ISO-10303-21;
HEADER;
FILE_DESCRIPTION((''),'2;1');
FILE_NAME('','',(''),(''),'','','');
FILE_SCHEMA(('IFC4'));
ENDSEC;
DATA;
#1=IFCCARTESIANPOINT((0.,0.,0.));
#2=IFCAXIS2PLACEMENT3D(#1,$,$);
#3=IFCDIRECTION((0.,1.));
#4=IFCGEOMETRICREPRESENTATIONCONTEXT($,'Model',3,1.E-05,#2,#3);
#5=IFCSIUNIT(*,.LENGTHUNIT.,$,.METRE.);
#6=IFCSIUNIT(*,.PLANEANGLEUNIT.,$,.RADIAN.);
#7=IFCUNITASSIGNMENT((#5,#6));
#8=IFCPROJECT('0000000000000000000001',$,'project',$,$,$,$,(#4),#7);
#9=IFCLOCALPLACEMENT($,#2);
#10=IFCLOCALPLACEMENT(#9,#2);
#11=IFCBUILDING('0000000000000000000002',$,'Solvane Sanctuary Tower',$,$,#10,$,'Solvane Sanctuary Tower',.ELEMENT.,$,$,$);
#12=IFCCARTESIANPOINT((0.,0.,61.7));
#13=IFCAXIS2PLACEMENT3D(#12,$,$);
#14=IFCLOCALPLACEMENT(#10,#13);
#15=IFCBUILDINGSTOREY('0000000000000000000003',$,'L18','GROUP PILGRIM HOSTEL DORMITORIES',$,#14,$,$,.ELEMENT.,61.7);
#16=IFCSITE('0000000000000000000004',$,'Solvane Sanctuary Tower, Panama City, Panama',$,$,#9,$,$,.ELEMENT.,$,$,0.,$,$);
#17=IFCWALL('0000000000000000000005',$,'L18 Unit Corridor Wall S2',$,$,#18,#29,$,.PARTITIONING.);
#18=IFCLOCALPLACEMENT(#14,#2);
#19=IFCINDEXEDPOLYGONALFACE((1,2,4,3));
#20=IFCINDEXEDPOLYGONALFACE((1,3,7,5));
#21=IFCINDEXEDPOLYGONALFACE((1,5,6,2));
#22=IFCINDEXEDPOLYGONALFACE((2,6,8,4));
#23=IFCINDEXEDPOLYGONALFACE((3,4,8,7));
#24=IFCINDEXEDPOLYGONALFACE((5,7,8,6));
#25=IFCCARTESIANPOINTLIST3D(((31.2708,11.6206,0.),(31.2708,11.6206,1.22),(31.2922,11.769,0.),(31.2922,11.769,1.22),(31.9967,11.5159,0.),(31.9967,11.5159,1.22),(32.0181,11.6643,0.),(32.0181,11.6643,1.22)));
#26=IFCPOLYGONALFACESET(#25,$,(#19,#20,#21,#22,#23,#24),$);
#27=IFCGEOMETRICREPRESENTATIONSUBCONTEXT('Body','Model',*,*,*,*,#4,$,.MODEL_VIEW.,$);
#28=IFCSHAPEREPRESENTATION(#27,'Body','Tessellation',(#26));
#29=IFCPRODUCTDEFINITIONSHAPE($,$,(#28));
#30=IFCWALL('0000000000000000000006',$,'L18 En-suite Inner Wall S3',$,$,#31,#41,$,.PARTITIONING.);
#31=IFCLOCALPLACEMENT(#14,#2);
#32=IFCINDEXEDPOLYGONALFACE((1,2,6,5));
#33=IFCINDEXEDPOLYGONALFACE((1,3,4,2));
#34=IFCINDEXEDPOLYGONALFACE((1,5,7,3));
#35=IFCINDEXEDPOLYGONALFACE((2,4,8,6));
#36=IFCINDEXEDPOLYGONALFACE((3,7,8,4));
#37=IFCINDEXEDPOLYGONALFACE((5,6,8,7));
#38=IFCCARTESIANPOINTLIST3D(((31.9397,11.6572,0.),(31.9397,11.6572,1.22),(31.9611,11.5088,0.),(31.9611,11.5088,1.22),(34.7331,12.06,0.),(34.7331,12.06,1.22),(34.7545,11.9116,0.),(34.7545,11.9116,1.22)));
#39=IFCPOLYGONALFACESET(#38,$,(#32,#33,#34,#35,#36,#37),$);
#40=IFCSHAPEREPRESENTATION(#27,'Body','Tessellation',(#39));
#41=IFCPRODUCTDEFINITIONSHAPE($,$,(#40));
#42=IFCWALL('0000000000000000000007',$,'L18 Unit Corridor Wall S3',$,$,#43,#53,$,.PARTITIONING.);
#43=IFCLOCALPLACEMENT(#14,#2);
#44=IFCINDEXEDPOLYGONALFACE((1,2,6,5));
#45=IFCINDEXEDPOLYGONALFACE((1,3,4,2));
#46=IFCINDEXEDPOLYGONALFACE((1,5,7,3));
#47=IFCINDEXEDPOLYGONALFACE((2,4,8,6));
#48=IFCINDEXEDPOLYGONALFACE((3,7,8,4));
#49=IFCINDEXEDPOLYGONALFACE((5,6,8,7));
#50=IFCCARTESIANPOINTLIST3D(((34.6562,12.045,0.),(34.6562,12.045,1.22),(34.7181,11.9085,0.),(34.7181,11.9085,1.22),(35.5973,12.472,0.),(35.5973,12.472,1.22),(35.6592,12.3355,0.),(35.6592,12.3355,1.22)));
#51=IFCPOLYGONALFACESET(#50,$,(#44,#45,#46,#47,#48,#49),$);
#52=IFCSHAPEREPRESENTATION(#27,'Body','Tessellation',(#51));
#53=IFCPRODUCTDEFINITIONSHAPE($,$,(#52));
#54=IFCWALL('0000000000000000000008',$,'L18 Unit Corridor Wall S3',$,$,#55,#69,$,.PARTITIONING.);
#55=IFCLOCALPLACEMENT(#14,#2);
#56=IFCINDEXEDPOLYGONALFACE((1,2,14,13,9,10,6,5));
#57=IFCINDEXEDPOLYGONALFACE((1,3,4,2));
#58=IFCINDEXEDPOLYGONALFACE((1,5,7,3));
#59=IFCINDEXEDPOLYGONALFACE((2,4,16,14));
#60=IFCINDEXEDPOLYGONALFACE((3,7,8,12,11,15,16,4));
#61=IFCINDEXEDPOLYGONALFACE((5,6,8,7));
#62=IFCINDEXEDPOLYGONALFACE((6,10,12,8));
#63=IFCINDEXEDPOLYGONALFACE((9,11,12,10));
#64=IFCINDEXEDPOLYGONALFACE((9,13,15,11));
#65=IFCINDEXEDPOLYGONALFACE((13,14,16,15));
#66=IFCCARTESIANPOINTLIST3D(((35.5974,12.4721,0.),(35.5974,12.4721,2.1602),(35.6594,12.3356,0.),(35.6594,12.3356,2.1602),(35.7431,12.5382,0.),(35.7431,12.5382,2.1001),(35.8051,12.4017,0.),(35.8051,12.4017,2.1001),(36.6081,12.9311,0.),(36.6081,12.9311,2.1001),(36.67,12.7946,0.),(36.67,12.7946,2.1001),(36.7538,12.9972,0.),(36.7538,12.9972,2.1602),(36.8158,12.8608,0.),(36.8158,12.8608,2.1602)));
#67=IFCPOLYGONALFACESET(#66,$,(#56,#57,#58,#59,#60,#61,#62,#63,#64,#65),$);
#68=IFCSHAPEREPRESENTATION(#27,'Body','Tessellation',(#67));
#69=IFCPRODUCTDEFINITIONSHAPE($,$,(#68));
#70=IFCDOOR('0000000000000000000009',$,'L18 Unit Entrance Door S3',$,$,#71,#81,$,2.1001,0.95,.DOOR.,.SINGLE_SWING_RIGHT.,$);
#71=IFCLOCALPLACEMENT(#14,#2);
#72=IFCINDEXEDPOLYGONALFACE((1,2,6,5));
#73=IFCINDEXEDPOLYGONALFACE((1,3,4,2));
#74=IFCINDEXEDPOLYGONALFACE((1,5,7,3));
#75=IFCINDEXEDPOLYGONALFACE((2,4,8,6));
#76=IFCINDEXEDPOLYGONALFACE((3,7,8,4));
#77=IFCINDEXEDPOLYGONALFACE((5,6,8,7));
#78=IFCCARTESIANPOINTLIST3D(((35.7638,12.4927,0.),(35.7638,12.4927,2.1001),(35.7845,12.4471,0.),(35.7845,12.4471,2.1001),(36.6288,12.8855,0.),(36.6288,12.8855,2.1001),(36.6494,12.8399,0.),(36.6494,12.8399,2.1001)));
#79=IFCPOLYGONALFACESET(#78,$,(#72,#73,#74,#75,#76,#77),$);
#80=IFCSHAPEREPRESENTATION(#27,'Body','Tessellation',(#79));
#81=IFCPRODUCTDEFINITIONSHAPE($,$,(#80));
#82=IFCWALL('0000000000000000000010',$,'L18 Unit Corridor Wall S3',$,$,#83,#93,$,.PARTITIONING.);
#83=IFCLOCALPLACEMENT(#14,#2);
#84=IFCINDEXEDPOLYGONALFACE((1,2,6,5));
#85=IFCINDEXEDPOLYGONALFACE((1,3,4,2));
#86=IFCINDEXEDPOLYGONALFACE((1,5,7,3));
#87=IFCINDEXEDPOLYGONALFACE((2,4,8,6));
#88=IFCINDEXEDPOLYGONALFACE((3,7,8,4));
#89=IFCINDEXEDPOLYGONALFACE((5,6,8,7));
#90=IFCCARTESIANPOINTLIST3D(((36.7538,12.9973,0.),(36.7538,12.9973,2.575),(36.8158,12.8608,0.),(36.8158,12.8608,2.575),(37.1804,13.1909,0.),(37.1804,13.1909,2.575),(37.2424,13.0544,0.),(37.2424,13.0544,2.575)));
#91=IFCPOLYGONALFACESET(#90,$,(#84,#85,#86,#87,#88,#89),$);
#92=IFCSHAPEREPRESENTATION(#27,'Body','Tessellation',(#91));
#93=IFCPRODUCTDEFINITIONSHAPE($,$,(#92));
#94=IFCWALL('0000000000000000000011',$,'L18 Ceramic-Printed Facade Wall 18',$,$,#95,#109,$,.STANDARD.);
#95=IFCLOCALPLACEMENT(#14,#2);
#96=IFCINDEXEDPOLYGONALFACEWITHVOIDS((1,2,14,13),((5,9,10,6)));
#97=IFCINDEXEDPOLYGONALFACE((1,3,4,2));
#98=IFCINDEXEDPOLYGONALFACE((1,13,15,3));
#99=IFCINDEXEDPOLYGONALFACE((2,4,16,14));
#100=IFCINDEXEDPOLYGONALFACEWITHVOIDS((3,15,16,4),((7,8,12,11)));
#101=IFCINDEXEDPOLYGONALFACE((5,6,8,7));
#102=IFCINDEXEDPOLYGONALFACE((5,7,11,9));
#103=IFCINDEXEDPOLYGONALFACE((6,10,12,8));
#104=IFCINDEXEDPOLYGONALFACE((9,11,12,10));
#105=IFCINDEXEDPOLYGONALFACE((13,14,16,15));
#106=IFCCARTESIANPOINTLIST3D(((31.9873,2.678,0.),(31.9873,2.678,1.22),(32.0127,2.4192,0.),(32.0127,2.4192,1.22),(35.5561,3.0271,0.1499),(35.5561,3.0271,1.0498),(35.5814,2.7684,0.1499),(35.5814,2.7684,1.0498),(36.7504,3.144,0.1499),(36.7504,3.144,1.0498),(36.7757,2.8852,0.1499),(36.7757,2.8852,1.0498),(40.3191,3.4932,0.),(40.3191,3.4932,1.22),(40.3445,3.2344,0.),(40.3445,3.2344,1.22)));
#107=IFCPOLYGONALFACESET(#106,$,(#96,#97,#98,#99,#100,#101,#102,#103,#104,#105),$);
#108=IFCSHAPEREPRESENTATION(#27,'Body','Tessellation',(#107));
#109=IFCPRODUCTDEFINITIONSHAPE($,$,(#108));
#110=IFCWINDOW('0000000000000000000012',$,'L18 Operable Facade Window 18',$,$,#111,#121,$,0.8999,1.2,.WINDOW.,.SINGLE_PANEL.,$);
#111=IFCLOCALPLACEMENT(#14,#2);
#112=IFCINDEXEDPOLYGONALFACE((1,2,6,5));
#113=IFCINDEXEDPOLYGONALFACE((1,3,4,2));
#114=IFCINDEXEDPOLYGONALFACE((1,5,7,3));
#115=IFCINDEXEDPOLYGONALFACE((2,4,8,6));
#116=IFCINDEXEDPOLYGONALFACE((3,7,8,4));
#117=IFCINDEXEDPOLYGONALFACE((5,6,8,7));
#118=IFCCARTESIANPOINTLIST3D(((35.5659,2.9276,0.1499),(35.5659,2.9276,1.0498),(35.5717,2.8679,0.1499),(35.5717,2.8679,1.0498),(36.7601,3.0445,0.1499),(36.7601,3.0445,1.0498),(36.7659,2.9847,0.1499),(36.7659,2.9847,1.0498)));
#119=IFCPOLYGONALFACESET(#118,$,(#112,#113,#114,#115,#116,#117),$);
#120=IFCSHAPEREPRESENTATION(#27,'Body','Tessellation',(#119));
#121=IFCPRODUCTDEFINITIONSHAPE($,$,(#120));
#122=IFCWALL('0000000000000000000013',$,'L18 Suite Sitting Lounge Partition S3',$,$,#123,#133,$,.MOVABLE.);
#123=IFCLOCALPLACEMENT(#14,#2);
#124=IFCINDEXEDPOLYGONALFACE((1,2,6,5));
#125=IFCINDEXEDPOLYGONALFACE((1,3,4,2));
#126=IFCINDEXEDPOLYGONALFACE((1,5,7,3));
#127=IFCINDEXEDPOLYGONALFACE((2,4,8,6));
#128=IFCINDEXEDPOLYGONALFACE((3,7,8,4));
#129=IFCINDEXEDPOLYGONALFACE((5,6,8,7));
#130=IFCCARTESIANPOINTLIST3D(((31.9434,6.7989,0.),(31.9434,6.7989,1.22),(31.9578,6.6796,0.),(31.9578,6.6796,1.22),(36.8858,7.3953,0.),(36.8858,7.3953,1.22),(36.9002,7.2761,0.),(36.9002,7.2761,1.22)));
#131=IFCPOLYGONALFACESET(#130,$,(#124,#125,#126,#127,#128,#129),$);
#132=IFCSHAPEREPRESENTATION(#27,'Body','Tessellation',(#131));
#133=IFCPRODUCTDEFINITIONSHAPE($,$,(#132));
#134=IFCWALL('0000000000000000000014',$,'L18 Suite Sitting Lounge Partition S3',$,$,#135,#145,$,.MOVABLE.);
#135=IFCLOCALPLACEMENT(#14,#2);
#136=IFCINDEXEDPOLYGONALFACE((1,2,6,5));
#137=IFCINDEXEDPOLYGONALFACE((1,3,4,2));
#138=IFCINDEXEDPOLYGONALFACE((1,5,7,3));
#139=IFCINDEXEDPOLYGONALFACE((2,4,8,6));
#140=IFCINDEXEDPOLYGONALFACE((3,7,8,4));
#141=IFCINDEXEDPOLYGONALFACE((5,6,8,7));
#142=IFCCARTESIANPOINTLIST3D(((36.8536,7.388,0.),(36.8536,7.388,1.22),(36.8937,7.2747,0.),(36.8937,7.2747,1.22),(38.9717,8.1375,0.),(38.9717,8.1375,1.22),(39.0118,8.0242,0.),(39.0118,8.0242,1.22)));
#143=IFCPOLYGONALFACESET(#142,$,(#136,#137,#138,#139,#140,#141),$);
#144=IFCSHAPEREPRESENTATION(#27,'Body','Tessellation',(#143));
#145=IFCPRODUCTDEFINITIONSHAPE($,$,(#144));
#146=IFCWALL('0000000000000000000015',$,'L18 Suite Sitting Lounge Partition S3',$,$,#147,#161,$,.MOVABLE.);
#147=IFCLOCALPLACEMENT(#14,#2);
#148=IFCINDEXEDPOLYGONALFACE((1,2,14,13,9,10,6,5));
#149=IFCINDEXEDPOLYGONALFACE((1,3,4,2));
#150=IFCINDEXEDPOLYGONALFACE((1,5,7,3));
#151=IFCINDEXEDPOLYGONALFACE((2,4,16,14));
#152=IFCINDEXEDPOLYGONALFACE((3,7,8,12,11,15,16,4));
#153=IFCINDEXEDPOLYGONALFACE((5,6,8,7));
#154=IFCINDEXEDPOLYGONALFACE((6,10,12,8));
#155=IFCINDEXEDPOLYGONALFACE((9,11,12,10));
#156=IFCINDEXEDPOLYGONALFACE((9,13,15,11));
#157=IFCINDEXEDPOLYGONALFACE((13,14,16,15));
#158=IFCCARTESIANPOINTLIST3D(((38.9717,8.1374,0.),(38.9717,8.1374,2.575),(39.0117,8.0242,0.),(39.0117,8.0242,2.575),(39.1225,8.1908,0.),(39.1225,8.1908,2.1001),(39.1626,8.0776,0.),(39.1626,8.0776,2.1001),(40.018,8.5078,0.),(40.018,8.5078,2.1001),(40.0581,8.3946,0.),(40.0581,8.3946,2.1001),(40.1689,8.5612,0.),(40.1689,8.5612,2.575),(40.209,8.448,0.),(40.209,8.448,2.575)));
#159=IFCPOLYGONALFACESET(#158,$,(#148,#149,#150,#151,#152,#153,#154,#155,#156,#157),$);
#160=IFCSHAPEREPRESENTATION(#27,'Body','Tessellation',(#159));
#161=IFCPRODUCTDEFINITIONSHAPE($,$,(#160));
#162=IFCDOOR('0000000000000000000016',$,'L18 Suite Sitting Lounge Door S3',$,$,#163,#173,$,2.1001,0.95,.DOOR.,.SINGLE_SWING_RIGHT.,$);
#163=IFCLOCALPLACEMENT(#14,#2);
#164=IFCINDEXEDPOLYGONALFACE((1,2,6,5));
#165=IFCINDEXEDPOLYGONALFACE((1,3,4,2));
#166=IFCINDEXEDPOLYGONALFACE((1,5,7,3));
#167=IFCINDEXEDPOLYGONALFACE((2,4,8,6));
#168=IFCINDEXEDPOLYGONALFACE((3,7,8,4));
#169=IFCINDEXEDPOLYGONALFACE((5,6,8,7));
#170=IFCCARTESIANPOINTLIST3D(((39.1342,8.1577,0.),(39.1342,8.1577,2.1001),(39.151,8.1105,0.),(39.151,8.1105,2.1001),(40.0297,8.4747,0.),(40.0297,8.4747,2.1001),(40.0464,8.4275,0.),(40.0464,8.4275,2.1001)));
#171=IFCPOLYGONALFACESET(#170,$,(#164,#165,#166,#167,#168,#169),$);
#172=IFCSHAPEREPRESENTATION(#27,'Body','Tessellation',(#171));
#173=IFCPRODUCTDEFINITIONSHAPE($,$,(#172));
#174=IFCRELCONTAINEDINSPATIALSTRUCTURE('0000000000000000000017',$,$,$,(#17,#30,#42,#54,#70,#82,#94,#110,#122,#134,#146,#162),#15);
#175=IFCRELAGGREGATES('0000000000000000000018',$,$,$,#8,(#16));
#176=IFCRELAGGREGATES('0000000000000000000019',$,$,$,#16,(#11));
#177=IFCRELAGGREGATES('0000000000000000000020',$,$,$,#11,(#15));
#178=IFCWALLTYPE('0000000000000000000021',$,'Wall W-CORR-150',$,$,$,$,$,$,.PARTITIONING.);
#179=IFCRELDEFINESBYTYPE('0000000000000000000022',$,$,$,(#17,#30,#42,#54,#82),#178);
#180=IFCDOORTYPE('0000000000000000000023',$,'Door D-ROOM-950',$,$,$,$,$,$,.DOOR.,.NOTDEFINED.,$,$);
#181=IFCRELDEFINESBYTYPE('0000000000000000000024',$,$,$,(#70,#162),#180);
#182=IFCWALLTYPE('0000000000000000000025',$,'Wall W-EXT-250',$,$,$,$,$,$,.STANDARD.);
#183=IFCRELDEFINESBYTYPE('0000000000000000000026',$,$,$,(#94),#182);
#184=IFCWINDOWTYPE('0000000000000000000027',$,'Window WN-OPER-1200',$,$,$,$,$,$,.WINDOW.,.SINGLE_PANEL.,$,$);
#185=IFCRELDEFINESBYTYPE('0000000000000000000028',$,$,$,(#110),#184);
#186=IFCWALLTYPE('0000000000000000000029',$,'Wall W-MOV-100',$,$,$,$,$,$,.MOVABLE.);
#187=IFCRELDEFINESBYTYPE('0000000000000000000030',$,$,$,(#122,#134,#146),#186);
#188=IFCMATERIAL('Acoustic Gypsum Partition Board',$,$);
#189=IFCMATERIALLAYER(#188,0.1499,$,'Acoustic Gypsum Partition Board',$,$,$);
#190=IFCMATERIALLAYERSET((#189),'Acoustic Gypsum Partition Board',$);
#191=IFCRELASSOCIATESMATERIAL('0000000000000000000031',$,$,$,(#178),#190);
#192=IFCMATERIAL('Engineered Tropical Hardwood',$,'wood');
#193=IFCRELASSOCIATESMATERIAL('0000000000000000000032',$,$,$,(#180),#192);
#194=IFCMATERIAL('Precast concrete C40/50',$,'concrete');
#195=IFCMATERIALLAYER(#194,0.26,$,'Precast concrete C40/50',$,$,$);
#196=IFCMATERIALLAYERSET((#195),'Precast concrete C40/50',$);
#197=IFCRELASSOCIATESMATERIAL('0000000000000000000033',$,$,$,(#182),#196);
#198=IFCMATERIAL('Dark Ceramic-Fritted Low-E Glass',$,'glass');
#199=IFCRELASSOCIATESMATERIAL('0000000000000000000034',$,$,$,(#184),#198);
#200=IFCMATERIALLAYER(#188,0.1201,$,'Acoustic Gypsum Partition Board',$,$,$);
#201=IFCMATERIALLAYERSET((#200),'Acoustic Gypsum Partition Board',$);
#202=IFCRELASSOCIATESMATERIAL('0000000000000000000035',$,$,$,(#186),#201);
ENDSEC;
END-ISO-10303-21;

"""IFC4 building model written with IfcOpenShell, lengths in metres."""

from ifc_helpers import new_model, si_unit, direction, frame, frame_2d, origin, place, context, subcontext, project, spatial, rectangle, extrude, material, layer, layer_set, type_object, element, fill, save


model = new_model("IFC4")

# Units and contexts
model_context = context("Model", 3, precision=1e-05, world=origin(), true_north=direction((0.0, 1.0)))
body_context = subcontext(model_context, "Body", "Model", "MODEL_VIEW")
ifc_project = project(units=[si_unit("LENGTHUNIT", "METRE"), si_unit("PLANEANGLEUNIT", "RADIAN")], contexts=[model_context])

# Site, building, storey
site_placement = place(None, origin())
site = spatial("IfcSite", under=ifc_project, at=site_placement, Name="Solvane Sanctuary Tower, Panama City, Panama", CompositionType="ELEMENT", RefElevation=0.0)
building_placement = place(site_placement, origin())
building = spatial("IfcBuilding", under=site, at=building_placement, Name="Solvane Sanctuary Tower", LongName="Solvane Sanctuary Tower", CompositionType="ELEMENT")
storey_placement = place(building_placement, frame((0.0, 0.0, 61.7)))
storey = spatial("IfcBuildingStorey", under=building, at=storey_placement, Name="L18", Description="GROUP PILGRIM HOSTEL DORMITORIES", CompositionType="ELEMENT", Elevation=61.7)

# Walls
ifc_material_1 = material(Name="Acoustic Gypsum Partition Board")
ifc_layer_1 = layer(ifc_material_1, 0.1499, Name="Acoustic Gypsum Partition Board")
ifc_layer_set_1 = layer_set([ifc_layer_1], Name="Acoustic Gypsum Partition Board")
wall_type_1 = type_object("IfcWallType", Name="Wall W-CORR-150", PredefinedType="PARTITIONING", material=ifc_layer_set_1)
wall_1_placement = place(storey_placement, frame((31.2815, 11.6948, 0.0), z_axis=(0.0, 0.0, 1.0), x_axis=(0.989749, -0.142819, 0.0)))
element("IfcWall", 1, at=wall_1_placement, inside=storey, type_object=wall_type_1, Name="L18 Unit Corridor Wall S2", PredefinedType="PARTITIONING", context=body_context, shape_type="SweptSolid", body=[
    extrude(rectangle(XDim=0.7334, YDim=0.1499, at=frame_2d((0.3667, 0.0))), origin(), (0.0, 0.0, 1.0), 1.22),
])
wall_2_placement = place(storey_placement, frame((31.9504, 11.583, 0.0), z_axis=(0.0, 0.0, 1.0), x_axis=(0.989762, 0.142729, 0.0)))
element("IfcWall", 2, at=wall_2_placement, inside=storey, type_object=wall_type_1, Name="L18 En-suite Inner Wall S3", PredefinedType="PARTITIONING", context=body_context, shape_type="SweptSolid", body=[
    extrude(rectangle(XDim=2.8223, YDim=0.1499, at=frame_2d((1.4111, 0.0))), origin(), (0.0, 0.0, 1.0), 1.22),
])
wall_3_placement = place(storey_placement, frame((34.6873, 11.9768, 0.0), z_axis=(0.0, 0.0, 1.0), x_axis=(0.910657, 0.413162, 0.0)))
element("IfcWall", 3, at=wall_3_placement, inside=storey, type_object=wall_type_1, Name="L18 Unit Corridor Wall S3", PredefinedType="PARTITIONING", context=body_context, shape_type="SweptSolid", body=[
    extrude(rectangle(XDim=1.0334, YDim=0.1499, at=frame_2d((0.5166, 0.0))), origin(), (0.0, 0.0, 1.0), 1.22),
])

# Wall, opening, door
wall_4_placement = place(storey_placement, frame((35.6284, 12.4038, 0.0), z_axis=(0.0, 0.0, 1.0), x_axis=(0.910492, 0.413528, 0.0)))
wall_4 = element("IfcWall", 4, at=wall_4_placement, inside=storey, type_object=wall_type_1, Name="L18 Unit Corridor Wall S3", PredefinedType="PARTITIONING", context=body_context, shape_type="SweptSolid", body=[
    extrude(rectangle(XDim=1.27, YDim=0.1499, at=frame_2d((0.635, 0.0))), origin(), (0.0, 0.0, 1.0), 2.1602),
])
opening_1_placement = place(wall_4_placement, frame((0.1599, 0.0, 0.0)))
opening_1 = element("IfcOpeningElement", 5, at=opening_1_placement, cuts=wall_4, PredefinedType="OPENING", context=body_context, shape_type="SweptSolid", body=[
    extrude(rectangle(XDim=0.95, YDim=2.1001, at=frame_2d((0.4751, 1.05))), frame((0.0, 0.085, 0.0), z_axis=(0.0, -1.0, 0.0), x_axis=(1.0, 0.0, 0.0)), (0.0, 0.0, 1.0), 0.1699),
])
ifc_material_2 = material(Name="Engineered Tropical Hardwood", Category="wood")
door_type_1 = type_object("IfcDoorType", Name="Door D-ROOM-950", OperationType="NOTDEFINED", PredefinedType="DOOR", material=ifc_material_2)
door_1_placement = place(opening_1_placement, origin())
door_1 = element("IfcDoor", 6, at=door_1_placement, inside=storey, type_object=door_type_1, Name="L18 Unit Entrance Door S3", OperationType="SINGLE_SWING_RIGHT", OverallHeight=2.1001, OverallWidth=0.95, PredefinedType="DOOR", context=body_context, shape_type="SweptSolid", body=[
    extrude(rectangle(XDim=0.95, YDim=2.1001, at=frame_2d((0.4751, 1.05))), frame((0.0, 0.0249, 0.0), z_axis=(0.0, -1.0, 0.0), x_axis=(1.0, 0.0, 0.0)), (0.0, 0.0, 1.0), 0.05),
])
fill(opening_1, door_1)

# Wall
wall_5_placement = place(storey_placement, frame((36.7847, 12.929, 0.0), z_axis=(0.0, 0.0, 1.0), x_axis=(0.910581, 0.413332, 0.0)))
element("IfcWall", 7, at=wall_5_placement, inside=storey, type_object=wall_type_1, Name="L18 Unit Corridor Wall S3", PredefinedType="PARTITIONING", context=body_context, shape_type="SweptSolid", body=[
    extrude(rectangle(XDim=0.4685, YDim=0.1499, at=frame_2d((0.2344, 0.0))), origin(), (0.0, 0.0, 1.0), 2.575),
])

# Wall, opening, window
ifc_material_3 = material(Name="Precast concrete C40/50", Category="concrete")
ifc_layer_2 = layer(ifc_material_3, 0.26, Name="Precast concrete C40/50")
ifc_layer_set_2 = layer_set([ifc_layer_2], Name="Precast concrete C40/50")
wall_type_2 = type_object("IfcWallType", Name="Wall W-EXT-250", PredefinedType="STANDARD", material=ifc_layer_set_2)
wall_6_placement = place(storey_placement, frame((32.0, 2.5486, 0.0), z_axis=(0.0, 0.0, 1.0), x_axis=(0.995248, 0.097375, 0.0)))
wall_6 = element("IfcWall", 8, at=wall_6_placement, inside=storey, type_object=wall_type_2, Name="L18 Ceramic-Printed Facade Wall 18", PredefinedType="STANDARD", context=body_context, shape_type="SweptSolid", body=[
    extrude(rectangle(XDim=8.3716, YDim=0.26, at=frame_2d((4.1858, 0.0))), origin(), (0.0, 0.0, 1.0), 1.22),
])
opening_2_placement = place(wall_6_placement, frame((3.5857, 0.0, 0.1499)))
opening_2 = element("IfcOpeningElement", 9, at=opening_2_placement, cuts=wall_6, PredefinedType="OPENING", context=body_context, shape_type="SweptSolid", body=[
    extrude(rectangle(XDim=1.2, YDim=0.8999, at=frame_2d((0.6001, 0.45))), frame((0.0, 0.1399, 0.0), z_axis=(0.0, -1.0, 0.0), x_axis=(1.0, 0.0, 0.0)), (0.0, 0.0, 1.0), 0.28),
])
ifc_material_4 = material(Name="Dark Ceramic-Fritted Low-E Glass", Category="glass")
window_type = type_object("IfcWindowType", Name="Window WN-OPER-1200", PartitioningType="SINGLE_PANEL", PredefinedType="WINDOW", material=ifc_material_4)
window_placement = place(opening_2_placement, origin())
window = element("IfcWindow", 10, at=window_placement, inside=storey, type_object=window_type, Name="L18 Operable Facade Window 18", OverallHeight=0.8999, OverallWidth=1.2, PartitioningType="SINGLE_PANEL", PredefinedType="WINDOW", context=body_context, shape_type="SweptSolid", body=[
    extrude(rectangle(XDim=1.2, YDim=0.8999, at=frame_2d((0.6001, 0.45))), frame((0.0, 0.03, 0.0), z_axis=(0.0, -1.0, 0.0), x_axis=(1.0, 0.0, 0.0)), (0.0, 0.0, 1.0), 0.0601),
])
fill(opening_2, window)

# Walls
ifc_layer_3 = layer(ifc_material_1, 0.1201, Name="Acoustic Gypsum Partition Board")
ifc_layer_set_3 = layer_set([ifc_layer_3], Name="Acoustic Gypsum Partition Board")
wall_type_3 = type_object("IfcWallType", Name="Wall W-MOV-100", PredefinedType="MOVABLE", material=ifc_layer_set_3)
wall_7_placement = place(storey_placement, frame((31.9504, 6.7393, 0.0), z_axis=(0.0, 0.0, 1.0), x_axis=(0.992797, 0.119808, 0.0)))
element("IfcWall", 11, at=wall_7_placement, inside=storey, type_object=wall_type_3, Name="L18 Suite Sitting Lounge Partition S3", PredefinedType="MOVABLE", context=body_context, shape_type="SweptSolid", body=[
    extrude(rectangle(XDim=4.9783, YDim=0.1201, at=frame_2d((2.4893, 0.0))), origin(), (0.0, 0.0, 1.0), 1.22),
])
wall_8_placement = place(storey_placement, frame((36.8735, 7.3313, 0.0), z_axis=(0.0, 0.0, 1.0), x_axis=(0.942721, 0.333582, 0.0)))
element("IfcWall", 12, at=wall_8_placement, inside=storey, type_object=wall_type_3, Name="L18 Suite Sitting Lounge Partition S3", PredefinedType="MOVABLE", context=body_context, shape_type="SweptSolid", body=[
    extrude(rectangle(XDim=2.2468, YDim=0.1201, at=frame_2d((1.1235, 0.0))), origin(), (0.0, 0.0, 1.0), 1.22),
])

# Wall, opening, door
wall_9_placement = place(storey_placement, frame((38.9917, 8.0808, 0.0), z_axis=(0.0, 0.0, 1.0), x_axis=(0.942678, 0.333705, 0.0)))
wall_9 = element("IfcWall", 13, at=wall_9_placement, inside=storey, type_object=wall_type_3, Name="L18 Suite Sitting Lounge Partition S3", PredefinedType="MOVABLE", context=body_context, shape_type="SweptSolid", body=[
    extrude(rectangle(XDim=1.27, YDim=0.1201, at=frame_2d((0.635, 0.0))), origin(), (0.0, 0.0, 1.0), 2.575),
])
opening_3_placement = place(wall_9_placement, frame((0.1599, 0.0, 0.0)))
opening_3 = element("IfcOpeningElement", 14, at=opening_3_placement, cuts=wall_9, PredefinedType="OPENING", context=body_context, shape_type="SweptSolid", body=[
    extrude(rectangle(XDim=0.95, YDim=2.1001, at=frame_2d((0.4751, 1.05))), frame((0.0, 0.0701, 0.0), z_axis=(0.0, -1.0, 0.0), x_axis=(1.0, 0.0, 0.0)), (0.0, 0.0, 1.0), 0.1401),
])
door_2_placement = place(opening_3_placement, origin())
door_2 = element("IfcDoor", 15, at=door_2_placement, inside=storey, type_object=door_type_1, Name="L18 Suite Sitting Lounge Door S3", OperationType="SINGLE_SWING_RIGHT", OverallHeight=2.1001, OverallWidth=0.95, PredefinedType="DOOR", context=body_context, shape_type="SweptSolid", body=[
    extrude(rectangle(XDim=0.95, YDim=2.1001, at=frame_2d((0.4751, 1.05))), frame((0.0, 0.0249, 0.0), z_axis=(0.0, -1.0, 0.0), x_axis=(1.0, 0.0, 0.0)), (0.0, 0.0, 1.0), 0.05),
])
fill(opening_3, door_2)

save(model, "model.ifc")
